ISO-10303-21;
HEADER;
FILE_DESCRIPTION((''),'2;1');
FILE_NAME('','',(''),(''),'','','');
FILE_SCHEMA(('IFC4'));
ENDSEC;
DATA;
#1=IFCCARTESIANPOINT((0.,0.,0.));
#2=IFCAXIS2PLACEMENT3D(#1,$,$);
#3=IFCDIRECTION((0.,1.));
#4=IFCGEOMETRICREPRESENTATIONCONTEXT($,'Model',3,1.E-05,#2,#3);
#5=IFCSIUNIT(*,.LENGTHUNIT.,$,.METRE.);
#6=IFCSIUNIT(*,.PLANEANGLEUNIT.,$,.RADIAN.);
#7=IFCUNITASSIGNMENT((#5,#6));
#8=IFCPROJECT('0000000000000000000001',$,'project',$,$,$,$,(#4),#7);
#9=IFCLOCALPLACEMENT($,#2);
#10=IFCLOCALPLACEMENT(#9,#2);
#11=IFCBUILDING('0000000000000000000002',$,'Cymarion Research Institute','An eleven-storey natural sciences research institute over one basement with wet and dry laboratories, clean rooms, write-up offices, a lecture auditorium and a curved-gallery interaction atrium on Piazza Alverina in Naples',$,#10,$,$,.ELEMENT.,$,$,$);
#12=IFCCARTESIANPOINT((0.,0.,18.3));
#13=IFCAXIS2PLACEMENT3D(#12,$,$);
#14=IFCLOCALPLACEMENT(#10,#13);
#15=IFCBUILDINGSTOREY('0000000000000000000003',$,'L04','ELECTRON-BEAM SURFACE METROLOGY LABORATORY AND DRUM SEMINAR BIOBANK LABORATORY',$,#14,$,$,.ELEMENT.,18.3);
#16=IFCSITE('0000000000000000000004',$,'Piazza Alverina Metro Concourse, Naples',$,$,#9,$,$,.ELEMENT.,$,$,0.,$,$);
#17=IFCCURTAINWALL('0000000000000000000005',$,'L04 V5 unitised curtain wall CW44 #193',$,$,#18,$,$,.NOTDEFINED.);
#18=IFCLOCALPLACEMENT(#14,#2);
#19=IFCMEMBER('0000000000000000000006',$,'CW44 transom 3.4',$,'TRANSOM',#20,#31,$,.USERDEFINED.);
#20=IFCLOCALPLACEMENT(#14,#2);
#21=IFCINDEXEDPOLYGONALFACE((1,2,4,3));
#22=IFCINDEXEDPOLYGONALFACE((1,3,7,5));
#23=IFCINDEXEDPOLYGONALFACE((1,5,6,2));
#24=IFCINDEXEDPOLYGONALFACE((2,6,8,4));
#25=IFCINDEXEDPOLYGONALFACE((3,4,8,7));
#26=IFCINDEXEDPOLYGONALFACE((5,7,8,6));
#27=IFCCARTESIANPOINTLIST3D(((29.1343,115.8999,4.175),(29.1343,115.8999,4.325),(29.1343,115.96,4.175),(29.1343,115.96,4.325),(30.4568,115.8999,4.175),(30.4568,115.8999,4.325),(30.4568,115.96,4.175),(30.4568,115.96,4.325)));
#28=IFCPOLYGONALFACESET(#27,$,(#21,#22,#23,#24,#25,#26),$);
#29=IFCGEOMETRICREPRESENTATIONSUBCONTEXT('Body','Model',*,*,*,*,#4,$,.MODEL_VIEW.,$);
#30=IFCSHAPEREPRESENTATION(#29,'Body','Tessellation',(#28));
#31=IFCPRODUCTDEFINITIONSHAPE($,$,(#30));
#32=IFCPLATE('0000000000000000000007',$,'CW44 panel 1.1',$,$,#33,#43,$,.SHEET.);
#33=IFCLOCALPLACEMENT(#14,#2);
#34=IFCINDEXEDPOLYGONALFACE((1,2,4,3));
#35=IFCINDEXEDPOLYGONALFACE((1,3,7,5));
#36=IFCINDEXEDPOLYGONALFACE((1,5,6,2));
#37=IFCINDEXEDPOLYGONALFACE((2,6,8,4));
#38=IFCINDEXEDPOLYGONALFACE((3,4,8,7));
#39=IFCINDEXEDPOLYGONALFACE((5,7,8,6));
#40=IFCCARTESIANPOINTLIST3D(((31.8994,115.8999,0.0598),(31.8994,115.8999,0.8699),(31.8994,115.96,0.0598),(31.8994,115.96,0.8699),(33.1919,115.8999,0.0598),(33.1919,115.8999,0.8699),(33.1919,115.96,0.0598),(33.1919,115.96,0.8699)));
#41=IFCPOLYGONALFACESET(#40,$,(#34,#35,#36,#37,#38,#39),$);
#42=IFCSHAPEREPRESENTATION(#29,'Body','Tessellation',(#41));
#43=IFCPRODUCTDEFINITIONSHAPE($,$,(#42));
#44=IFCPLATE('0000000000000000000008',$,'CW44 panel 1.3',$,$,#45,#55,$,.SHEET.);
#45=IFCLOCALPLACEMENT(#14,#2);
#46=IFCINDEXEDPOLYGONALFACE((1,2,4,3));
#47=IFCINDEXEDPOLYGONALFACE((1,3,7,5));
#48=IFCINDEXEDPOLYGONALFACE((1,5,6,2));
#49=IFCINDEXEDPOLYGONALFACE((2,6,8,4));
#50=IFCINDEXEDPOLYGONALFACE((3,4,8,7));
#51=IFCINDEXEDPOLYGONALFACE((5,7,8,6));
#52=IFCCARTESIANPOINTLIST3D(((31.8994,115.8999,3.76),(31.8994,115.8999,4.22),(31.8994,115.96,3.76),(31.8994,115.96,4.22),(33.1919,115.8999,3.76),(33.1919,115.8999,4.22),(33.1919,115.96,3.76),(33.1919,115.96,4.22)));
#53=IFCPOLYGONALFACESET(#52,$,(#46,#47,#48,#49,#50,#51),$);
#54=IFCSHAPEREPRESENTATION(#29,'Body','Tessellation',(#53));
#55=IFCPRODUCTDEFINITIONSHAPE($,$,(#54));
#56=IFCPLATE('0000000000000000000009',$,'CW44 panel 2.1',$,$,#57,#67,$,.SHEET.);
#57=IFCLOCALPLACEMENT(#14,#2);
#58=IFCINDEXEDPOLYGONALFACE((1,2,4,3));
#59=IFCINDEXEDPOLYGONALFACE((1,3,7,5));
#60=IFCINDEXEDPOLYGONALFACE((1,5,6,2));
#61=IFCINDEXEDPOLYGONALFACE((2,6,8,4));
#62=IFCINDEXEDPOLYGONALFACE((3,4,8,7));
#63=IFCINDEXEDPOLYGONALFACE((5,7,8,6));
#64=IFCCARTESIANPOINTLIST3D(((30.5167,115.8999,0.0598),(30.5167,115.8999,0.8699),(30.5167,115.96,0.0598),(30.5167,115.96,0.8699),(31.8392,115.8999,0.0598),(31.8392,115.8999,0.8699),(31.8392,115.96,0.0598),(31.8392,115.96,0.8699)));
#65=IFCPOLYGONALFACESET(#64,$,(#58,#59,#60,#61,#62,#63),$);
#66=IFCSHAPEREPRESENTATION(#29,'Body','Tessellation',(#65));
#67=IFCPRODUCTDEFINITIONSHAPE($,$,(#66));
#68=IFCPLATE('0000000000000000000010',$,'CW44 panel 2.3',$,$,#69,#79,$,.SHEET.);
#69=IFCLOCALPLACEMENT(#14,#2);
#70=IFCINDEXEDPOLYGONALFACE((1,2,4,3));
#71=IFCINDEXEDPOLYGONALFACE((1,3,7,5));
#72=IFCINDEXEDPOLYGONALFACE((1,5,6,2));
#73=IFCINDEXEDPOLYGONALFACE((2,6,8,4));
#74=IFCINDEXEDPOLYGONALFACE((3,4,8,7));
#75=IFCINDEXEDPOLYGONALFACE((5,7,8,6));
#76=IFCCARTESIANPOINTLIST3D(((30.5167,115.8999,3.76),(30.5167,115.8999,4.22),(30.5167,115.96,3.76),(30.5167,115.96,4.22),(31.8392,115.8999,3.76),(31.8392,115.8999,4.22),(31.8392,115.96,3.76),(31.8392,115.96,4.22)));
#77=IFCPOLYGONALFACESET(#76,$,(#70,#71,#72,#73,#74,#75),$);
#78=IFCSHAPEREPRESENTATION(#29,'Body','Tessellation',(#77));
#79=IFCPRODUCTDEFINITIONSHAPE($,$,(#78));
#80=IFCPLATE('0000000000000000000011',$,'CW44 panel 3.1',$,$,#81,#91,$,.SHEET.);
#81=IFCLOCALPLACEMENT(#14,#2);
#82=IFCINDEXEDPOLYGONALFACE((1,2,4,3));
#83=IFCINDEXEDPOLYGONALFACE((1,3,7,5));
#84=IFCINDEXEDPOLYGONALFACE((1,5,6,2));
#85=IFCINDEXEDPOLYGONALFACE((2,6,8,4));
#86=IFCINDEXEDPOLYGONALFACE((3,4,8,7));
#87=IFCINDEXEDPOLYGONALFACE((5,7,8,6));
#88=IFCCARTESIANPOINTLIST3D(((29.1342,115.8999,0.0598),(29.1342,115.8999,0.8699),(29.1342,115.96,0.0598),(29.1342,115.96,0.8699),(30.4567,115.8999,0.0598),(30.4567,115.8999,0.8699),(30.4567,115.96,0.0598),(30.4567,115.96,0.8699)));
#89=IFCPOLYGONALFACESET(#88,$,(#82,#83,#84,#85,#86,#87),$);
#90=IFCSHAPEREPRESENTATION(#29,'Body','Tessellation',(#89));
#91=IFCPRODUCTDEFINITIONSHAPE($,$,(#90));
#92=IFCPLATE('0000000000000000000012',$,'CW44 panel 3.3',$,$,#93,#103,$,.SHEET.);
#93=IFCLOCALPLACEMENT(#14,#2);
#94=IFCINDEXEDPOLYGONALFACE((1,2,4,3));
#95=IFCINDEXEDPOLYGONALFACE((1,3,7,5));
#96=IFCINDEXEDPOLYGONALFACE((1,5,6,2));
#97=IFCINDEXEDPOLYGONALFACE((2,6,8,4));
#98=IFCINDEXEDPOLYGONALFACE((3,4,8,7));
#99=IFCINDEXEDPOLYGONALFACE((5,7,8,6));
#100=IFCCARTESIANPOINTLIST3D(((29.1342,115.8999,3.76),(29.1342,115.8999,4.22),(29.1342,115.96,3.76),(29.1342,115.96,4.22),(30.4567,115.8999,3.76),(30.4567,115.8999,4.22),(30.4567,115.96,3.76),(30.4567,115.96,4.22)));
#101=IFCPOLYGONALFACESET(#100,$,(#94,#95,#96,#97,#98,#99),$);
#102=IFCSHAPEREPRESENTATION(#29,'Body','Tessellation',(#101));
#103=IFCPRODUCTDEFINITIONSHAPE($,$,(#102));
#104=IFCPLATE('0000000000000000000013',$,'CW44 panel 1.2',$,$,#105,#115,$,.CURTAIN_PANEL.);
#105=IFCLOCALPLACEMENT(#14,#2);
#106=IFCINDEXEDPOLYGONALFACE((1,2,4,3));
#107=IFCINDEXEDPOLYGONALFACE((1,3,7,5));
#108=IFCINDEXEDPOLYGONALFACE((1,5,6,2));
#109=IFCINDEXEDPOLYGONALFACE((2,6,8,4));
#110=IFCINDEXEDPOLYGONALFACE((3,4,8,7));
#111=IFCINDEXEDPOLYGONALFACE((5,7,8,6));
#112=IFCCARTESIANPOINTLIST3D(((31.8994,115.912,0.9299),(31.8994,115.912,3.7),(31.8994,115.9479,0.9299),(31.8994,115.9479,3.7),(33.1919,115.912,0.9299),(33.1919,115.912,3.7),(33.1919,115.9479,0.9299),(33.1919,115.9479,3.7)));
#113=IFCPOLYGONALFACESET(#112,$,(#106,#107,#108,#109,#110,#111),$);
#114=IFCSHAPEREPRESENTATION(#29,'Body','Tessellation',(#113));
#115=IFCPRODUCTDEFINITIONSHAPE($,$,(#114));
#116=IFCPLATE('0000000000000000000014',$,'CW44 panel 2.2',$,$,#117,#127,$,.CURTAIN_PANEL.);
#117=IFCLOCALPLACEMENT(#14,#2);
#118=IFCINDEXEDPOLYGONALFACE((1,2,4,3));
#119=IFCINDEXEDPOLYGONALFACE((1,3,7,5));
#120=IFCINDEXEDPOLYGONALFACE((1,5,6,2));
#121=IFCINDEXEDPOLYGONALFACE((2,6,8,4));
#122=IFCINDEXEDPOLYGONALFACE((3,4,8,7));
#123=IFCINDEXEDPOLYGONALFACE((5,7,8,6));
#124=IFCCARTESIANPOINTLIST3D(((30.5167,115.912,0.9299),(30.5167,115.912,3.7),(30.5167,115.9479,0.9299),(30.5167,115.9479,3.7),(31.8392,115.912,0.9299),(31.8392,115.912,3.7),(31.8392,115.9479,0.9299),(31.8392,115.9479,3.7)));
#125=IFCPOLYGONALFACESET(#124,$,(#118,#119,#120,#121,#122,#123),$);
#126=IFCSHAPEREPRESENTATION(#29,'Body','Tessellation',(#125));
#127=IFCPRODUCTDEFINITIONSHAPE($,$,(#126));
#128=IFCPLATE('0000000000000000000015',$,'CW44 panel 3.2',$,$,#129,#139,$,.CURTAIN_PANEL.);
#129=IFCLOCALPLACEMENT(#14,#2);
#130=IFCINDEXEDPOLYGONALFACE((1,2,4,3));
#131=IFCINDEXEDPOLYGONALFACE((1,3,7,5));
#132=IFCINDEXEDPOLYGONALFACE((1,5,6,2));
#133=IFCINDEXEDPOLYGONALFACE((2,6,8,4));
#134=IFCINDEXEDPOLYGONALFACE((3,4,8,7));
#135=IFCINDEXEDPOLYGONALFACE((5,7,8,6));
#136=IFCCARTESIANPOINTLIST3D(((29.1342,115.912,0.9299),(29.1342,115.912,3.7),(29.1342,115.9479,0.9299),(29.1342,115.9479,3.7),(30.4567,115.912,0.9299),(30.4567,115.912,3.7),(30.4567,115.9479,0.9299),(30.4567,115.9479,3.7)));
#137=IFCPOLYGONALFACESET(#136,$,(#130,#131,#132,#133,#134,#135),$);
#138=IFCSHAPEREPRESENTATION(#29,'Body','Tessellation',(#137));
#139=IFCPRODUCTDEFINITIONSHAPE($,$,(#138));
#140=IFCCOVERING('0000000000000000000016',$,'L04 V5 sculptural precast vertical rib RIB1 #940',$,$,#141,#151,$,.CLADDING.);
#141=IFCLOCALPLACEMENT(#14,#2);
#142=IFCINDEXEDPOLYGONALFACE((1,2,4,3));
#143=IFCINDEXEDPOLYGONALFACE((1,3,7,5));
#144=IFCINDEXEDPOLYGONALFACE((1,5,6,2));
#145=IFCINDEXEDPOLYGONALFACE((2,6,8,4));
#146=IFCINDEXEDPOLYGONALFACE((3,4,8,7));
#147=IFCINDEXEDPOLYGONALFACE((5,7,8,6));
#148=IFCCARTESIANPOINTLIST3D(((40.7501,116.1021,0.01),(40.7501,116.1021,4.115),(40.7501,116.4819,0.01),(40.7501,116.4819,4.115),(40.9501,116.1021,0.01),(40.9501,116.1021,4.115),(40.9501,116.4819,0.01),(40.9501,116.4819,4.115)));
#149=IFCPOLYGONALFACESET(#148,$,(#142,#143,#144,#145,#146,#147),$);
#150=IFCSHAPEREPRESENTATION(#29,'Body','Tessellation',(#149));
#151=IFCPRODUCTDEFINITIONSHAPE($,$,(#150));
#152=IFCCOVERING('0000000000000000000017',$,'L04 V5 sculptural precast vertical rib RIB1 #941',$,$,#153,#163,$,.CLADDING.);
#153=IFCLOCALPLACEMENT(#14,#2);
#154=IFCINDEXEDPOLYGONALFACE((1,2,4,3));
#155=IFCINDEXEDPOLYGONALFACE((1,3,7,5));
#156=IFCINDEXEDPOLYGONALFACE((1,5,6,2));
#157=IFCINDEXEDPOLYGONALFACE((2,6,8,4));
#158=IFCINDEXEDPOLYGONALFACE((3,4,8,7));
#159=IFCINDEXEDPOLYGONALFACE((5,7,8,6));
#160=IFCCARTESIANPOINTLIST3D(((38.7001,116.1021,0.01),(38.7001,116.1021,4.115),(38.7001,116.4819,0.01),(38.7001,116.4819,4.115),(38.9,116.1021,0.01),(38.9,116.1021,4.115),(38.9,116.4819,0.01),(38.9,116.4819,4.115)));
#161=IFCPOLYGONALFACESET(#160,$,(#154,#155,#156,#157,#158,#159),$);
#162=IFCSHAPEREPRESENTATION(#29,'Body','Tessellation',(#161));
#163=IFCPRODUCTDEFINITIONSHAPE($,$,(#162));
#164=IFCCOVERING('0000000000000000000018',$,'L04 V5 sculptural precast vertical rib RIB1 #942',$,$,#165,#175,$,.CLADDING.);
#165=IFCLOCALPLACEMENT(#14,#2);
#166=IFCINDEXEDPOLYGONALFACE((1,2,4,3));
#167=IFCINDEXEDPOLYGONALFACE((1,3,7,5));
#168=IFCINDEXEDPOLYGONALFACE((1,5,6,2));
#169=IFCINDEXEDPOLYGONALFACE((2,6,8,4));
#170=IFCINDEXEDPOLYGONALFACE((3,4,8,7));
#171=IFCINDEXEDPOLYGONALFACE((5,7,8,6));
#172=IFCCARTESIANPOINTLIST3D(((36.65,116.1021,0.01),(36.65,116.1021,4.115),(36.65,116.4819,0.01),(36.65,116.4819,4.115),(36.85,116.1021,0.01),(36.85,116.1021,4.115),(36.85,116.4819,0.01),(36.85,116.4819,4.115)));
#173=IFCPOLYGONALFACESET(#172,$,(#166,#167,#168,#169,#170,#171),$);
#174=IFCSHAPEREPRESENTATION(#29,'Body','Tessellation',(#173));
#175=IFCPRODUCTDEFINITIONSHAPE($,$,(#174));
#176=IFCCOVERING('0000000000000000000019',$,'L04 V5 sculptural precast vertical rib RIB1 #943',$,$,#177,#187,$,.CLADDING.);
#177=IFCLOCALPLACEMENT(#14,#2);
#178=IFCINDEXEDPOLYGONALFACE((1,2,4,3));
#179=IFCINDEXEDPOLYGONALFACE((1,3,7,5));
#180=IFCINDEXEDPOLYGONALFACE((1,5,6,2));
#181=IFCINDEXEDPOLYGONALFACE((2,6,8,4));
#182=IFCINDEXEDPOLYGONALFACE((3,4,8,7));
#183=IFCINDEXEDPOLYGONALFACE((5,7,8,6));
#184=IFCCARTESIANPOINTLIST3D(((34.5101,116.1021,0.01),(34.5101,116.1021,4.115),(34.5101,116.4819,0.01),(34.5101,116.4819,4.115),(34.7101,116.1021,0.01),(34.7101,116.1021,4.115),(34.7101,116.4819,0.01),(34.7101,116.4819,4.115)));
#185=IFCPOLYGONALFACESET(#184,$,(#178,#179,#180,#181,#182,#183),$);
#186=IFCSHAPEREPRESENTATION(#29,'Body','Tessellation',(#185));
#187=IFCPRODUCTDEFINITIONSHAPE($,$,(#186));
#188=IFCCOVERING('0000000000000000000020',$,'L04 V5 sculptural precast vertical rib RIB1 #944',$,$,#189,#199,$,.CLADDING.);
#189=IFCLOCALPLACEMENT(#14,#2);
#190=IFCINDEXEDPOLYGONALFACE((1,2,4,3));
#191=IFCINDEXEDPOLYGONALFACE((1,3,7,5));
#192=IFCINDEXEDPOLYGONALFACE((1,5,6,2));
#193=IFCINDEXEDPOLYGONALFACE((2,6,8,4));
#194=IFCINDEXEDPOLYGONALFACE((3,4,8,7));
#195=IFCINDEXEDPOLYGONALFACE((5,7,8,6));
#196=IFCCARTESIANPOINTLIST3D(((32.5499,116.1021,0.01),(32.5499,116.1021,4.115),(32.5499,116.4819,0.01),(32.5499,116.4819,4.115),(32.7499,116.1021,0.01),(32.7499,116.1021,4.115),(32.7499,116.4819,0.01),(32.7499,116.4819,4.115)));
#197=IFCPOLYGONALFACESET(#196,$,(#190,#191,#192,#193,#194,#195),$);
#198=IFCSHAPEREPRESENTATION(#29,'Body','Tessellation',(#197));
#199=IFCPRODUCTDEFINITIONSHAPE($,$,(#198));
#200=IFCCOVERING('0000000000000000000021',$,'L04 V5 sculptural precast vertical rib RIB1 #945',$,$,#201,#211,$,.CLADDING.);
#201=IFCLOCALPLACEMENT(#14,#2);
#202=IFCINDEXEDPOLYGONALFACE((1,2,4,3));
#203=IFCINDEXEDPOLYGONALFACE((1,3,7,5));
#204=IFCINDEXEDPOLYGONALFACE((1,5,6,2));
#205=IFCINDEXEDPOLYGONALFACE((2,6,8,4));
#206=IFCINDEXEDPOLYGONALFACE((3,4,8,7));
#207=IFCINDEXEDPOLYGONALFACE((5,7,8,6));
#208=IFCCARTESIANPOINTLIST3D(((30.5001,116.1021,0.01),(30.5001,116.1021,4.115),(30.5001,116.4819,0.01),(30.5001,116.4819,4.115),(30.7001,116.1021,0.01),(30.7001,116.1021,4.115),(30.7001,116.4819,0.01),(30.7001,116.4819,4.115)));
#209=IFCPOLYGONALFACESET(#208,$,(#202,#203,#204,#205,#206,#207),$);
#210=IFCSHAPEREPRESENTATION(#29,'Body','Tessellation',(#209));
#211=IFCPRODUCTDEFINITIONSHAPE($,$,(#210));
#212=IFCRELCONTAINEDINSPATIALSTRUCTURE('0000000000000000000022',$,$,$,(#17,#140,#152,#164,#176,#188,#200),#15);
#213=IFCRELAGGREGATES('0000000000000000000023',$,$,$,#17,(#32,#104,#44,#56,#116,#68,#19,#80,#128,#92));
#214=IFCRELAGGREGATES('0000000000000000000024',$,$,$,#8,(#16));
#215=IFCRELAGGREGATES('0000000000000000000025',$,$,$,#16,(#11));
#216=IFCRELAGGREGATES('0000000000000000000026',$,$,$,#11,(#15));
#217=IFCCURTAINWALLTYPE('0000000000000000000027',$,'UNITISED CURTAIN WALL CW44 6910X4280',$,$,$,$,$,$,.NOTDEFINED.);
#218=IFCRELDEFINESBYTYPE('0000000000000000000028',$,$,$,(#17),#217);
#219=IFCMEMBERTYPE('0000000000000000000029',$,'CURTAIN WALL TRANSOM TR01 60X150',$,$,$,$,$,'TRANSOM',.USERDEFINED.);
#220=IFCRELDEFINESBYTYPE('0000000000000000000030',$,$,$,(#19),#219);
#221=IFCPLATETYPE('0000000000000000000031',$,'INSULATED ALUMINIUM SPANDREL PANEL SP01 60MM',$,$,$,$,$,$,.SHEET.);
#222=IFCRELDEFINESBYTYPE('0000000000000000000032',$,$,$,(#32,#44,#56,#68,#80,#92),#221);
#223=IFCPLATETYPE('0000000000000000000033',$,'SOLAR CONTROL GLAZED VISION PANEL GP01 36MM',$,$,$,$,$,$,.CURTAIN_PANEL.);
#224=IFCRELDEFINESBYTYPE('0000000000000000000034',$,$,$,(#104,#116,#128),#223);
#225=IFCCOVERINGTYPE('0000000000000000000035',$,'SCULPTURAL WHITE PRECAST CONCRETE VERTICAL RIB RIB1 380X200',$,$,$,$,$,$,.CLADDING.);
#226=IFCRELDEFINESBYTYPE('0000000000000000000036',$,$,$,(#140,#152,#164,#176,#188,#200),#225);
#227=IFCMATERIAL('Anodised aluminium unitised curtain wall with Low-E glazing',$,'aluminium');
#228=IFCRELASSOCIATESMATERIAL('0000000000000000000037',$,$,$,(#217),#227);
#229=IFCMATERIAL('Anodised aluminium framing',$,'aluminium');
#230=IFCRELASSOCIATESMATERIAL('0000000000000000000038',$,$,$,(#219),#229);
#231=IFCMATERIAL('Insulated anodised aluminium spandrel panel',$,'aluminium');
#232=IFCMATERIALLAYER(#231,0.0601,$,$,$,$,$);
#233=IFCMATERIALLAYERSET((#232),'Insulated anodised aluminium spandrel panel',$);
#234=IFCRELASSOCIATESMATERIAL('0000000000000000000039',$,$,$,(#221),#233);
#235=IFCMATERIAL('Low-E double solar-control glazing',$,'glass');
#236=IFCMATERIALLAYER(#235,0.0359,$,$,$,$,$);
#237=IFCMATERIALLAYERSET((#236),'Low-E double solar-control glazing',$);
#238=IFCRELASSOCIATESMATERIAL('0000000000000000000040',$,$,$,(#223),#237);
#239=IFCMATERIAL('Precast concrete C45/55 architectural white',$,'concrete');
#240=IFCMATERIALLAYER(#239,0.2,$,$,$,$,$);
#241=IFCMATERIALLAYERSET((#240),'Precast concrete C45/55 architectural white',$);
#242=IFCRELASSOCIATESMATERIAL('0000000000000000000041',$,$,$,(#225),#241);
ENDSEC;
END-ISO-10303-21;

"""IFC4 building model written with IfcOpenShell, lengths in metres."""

from ifc_helpers import new_model, si_unit, direction, frame, origin, origin_2d, place, context, subcontext, project, spatial, rectangle, extrude, material, layer, layer_set, material_profile, profile_set, type_object, element, aggregate, save


model = new_model("IFC4")

# Units and contexts
model_context = context("Model", 3, precision=1e-05, world=origin(), true_north=direction((0.0, 1.0)))
body_context = subcontext(model_context, "Body", "Model", "MODEL_VIEW")
ifc_project = project(units=[si_unit("LENGTHUNIT", "METRE"), si_unit("PLANEANGLEUNIT", "RADIAN")], contexts=[model_context])

# Site, building, storey
site_placement = place(None, origin())
site = spatial("IfcSite", under=ifc_project, at=site_placement, Name="Piazza Alverina Metro Concourse, Naples", CompositionType="ELEMENT", RefElevation=0.0)
building_placement = place(site_placement, origin())
building = spatial("IfcBuilding", under=site, at=building_placement, Name="Cymarion Research Institute", Description="An eleven-storey natural sciences research institute over one basement with wet and dry laboratories, clean rooms, write-up offices, a lecture auditorium and a curved-gallery interaction atrium on Piazza Alverina in Naples", CompositionType="ELEMENT")
storey_placement = place(building_placement, frame((0.0, 0.0, 18.3)))
storey = spatial("IfcBuildingStorey", under=building, at=storey_placement, Name="L04", Description="ELECTRON-BEAM SURFACE METROLOGY LABORATORY AND DRUM SEMINAR BIOBANK LABORATORY", CompositionType="ELEMENT", Elevation=18.3)

# Curtain wall, member, plates
ifc_material_1 = material(Name="Anodised aluminium unitised curtain wall with Low-E glazing", Category="aluminium")
curtain_wall_type = type_object("IfcCurtainWallType", Name="UNITISED CURTAIN WALL CW44 6910X4280", PredefinedType="NOTDEFINED", material=ifc_material_1)
curtain_wall_placement = place(storey_placement, origin())
curtain_wall = element("IfcCurtainWall", 1, at=curtain_wall_placement, inside=storey, type_object=curtain_wall_type, Name="L04 V5 unitised curtain wall CW44 #193", PredefinedType="NOTDEFINED")
ifc_material_2 = material(Name="Anodised aluminium framing", Category="aluminium")
ifc_material_profile_1 = material_profile(ifc_material_2, rectangle(XDim=0.0601, YDim=0.1499, at=origin_2d()), Name="ALU TRANSOM 60x150")
ifc_profile_set_1 = profile_set([ifc_material_profile_1], Name="Anodised aluminium framing")
member_type_1 = type_object("IfcMemberType", Name="CURTAIN WALL TRANSOM TR01 60X150", ElementType="TRANSOM", PredefinedType="USERDEFINED", material=ifc_profile_set_1)
member_1_placement = place(storey_placement, frame((30.4568, 115.9299, 4.25), z_axis=(-1.0, 0.0, 0.0), x_axis=(0.0, -1.0, 0.0)))
member_1 = element("IfcMember", 2, at=member_1_placement, type_object=member_type_1, Name="CW44 transom 3.4", ObjectType="TRANSOM", PredefinedType="USERDEFINED", context=body_context, shape_type="SweptSolid", body=[
    extrude(rectangle(XDim=0.0601, YDim=0.1499, at=origin_2d()), origin(), (0.0, 0.0, 1.0), 1.3225),
])
ifc_material_3 = material(Name="Insulated anodised aluminium spandrel panel", Category="aluminium")
ifc_layer_1 = layer(ifc_material_3, 0.0601)
ifc_layer_set_1 = layer_set([ifc_layer_1], Name="Insulated anodised aluminium spandrel panel")
plate_type_1 = type_object("IfcPlateType", Name="INSULATED ALUMINIUM SPANDREL PANEL SP01 60MM", PredefinedType="SHEET", material=ifc_layer_set_1)
plate_1_placement = place(storey_placement, frame((32.5457, 115.9299, 0.0598), z_axis=(0.0, 0.0, 1.0), x_axis=(-1.0, 0.0, 0.0)))
plate_1 = element("IfcPlate", 3, at=plate_1_placement, type_object=plate_type_1, Name="CW44 panel 1.1", PredefinedType="SHEET", context=body_context, shape_type="SweptSolid", body=[
    extrude(rectangle(XDim=1.2925, YDim=0.0601, at=origin_2d()), origin(), (0.0, 0.0, 1.0), 0.8101),
])
plate_2_placement = place(storey_placement, frame((32.5457, 115.9299, 3.76), z_axis=(0.0, 0.0, 1.0), x_axis=(-1.0, 0.0, 0.0)))
plate_2 = element("IfcPlate", 4, at=plate_2_placement, type_object=plate_type_1, Name="CW44 panel 1.3", PredefinedType="SHEET", context=body_context, shape_type="SweptSolid", body=[
    extrude(rectangle(XDim=1.2925, YDim=0.0601, at=origin_2d()), origin(), (0.0, 0.0, 1.0), 0.46),
])
plate_3_placement = place(storey_placement, frame((31.178, 115.9299, 0.0598), z_axis=(0.0, 0.0, 1.0), x_axis=(-1.0, 0.0, 0.0)))
plate_3 = element("IfcPlate", 5, at=plate_3_placement, type_object=plate_type_1, Name="CW44 panel 2.1", PredefinedType="SHEET", context=body_context, shape_type="SweptSolid", body=[
    extrude(rectangle(XDim=1.3225, YDim=0.0601, at=origin_2d()), origin(), (0.0, 0.0, 1.0), 0.8101),
])
plate_4_placement = place(storey_placement, frame((31.178, 115.9299, 3.76), z_axis=(0.0, 0.0, 1.0), x_axis=(-1.0, 0.0, 0.0)))
plate_4 = element("IfcPlate", 6, at=plate_4_placement, type_object=plate_type_1, Name="CW44 panel 2.3", PredefinedType="SHEET", context=body_context, shape_type="SweptSolid", body=[
    extrude(rectangle(XDim=1.3225, YDim=0.0601, at=origin_2d()), origin(), (0.0, 0.0, 1.0), 0.46),
])
plate_5_placement = place(storey_placement, frame((29.7954, 115.9299, 0.0598), z_axis=(0.0, 0.0, 1.0), x_axis=(-1.0, 0.0, 0.0)))
plate_5 = element("IfcPlate", 7, at=plate_5_placement, type_object=plate_type_1, Name="CW44 panel 3.1", PredefinedType="SHEET", context=body_context, shape_type="SweptSolid", body=[
    extrude(rectangle(XDim=1.3225, YDim=0.0601, at=origin_2d()), origin(), (0.0, 0.0, 1.0), 0.8101),
])
plate_6_placement = place(storey_placement, frame((29.7954, 115.9299, 3.76), z_axis=(0.0, 0.0, 1.0), x_axis=(-1.0, 0.0, 0.0)))
plate_6 = element("IfcPlate", 8, at=plate_6_placement, type_object=plate_type_1, Name="CW44 panel 3.3", PredefinedType="SHEET", context=body_context, shape_type="SweptSolid", body=[
    extrude(rectangle(XDim=1.3225, YDim=0.0601, at=origin_2d()), origin(), (0.0, 0.0, 1.0), 0.46),
])
ifc_material_4 = material(Name="Low-E double solar-control glazing", Category="glass")
ifc_layer_2 = layer(ifc_material_4, 0.0359)
ifc_layer_set_2 = layer_set([ifc_layer_2], Name="Low-E double solar-control glazing")
plate_type_2 = type_object("IfcPlateType", Name="SOLAR CONTROL GLAZED VISION PANEL GP01 36MM", PredefinedType="CURTAIN_PANEL", material=ifc_layer_set_2)
plate_7_placement = place(storey_placement, frame((32.5457, 115.9299, 0.9299), z_axis=(0.0, 0.0, 1.0), x_axis=(-1.0, 0.0, 0.0)))
plate_7 = element("IfcPlate", 9, at=plate_7_placement, type_object=plate_type_2, Name="CW44 panel 1.2", PredefinedType="CURTAIN_PANEL", context=body_context, shape_type="SweptSolid", body=[
    extrude(rectangle(XDim=1.2925, YDim=0.0359, at=origin_2d()), origin(), (0.0, 0.0, 1.0), 2.77),
])
plate_8_placement = place(storey_placement, frame((31.178, 115.9299, 0.9299), z_axis=(0.0, 0.0, 1.0), x_axis=(-1.0, 0.0, 0.0)))
plate_8 = element("IfcPlate", 10, at=plate_8_placement, type_object=plate_type_2, Name="CW44 panel 2.2", PredefinedType="CURTAIN_PANEL", context=body_context, shape_type="SweptSolid", body=[
    extrude(rectangle(XDim=1.3225, YDim=0.0359, at=origin_2d()), origin(), (0.0, 0.0, 1.0), 2.77),
])
plate_9_placement = place(storey_placement, frame((29.7954, 115.9299, 0.9299), z_axis=(0.0, 0.0, 1.0), x_axis=(-1.0, 0.0, 0.0)))
plate_9 = element("IfcPlate", 11, at=plate_9_placement, type_object=plate_type_2, Name="CW44 panel 3.2", PredefinedType="CURTAIN_PANEL", context=body_context, shape_type="SweptSolid", body=[
    extrude(rectangle(XDim=1.3225, YDim=0.0359, at=origin_2d()), origin(), (0.0, 0.0, 1.0), 2.77),
])
aggregate(curtain_wall, [plate_1, plate_7, plate_2, plate_3, plate_8, plate_4, member_1, plate_5, plate_9, plate_6])

# Coverings
ifc_material_5 = material(Name="Precast concrete C45/55 architectural white", Category="concrete")
ifc_layer_3 = layer(ifc_material_5, 0.2)
ifc_layer_set_3 = layer_set([ifc_layer_3], Name="Precast concrete C45/55 architectural white")
covering_type = type_object("IfcCoveringType", Name="SCULPTURAL WHITE PRECAST CONCRETE VERTICAL RIB RIB1 380X200", PredefinedType="CLADDING", material=ifc_layer_set_3)
for number, where, z_axis, x_axis, name in (
    (12, (40.8501, 116.292, 0.01), (0.0, 0.0, 1.0), (0.0, 1.0, 0.0), "L04 V5 sculptural precast vertical rib RIB1 #940"),
    (13, (38.8, 116.292, 0.01), (0.0, 0.0, 1.0), (0.0, 1.0, 0.0), "L04 V5 sculptural precast vertical rib RIB1 #941"),
    (14, (36.75, 116.292, 0.01), (0.0, 0.0, 1.0), (0.0, 1.0, 0.0), "L04 V5 sculptural precast vertical rib RIB1 #942"),
    (15, (34.6101, 116.292, 0.01), (0.0, 0.0, 1.0), (0.0, 1.0, 0.0), "L04 V5 sculptural precast vertical rib RIB1 #943"),
    (16, (32.6499, 116.292, 0.01), (0.0, 0.0, 1.0), (0.0, 1.0, 0.0), "L04 V5 sculptural precast vertical rib RIB1 #944"),
    (17, (30.6001, 116.292, 0.01), (0.0, 0.0, 1.0), (0.0, 1.0, 0.0), "L04 V5 sculptural precast vertical rib RIB1 #945"),
):
    element("IfcCovering", number, at=place(storey_placement, frame(where, z_axis=z_axis, x_axis=x_axis)), inside=storey, type_object=covering_type, Name=name, PredefinedType="CLADDING", context=body_context, shape_type="SweptSolid", body=[
        extrude(rectangle(XDim=0.3799, YDim=0.2, at=origin_2d()), origin(), (0.0, 0.0, 1.0), 4.105),
    ])

save(model, "model.ifc")
